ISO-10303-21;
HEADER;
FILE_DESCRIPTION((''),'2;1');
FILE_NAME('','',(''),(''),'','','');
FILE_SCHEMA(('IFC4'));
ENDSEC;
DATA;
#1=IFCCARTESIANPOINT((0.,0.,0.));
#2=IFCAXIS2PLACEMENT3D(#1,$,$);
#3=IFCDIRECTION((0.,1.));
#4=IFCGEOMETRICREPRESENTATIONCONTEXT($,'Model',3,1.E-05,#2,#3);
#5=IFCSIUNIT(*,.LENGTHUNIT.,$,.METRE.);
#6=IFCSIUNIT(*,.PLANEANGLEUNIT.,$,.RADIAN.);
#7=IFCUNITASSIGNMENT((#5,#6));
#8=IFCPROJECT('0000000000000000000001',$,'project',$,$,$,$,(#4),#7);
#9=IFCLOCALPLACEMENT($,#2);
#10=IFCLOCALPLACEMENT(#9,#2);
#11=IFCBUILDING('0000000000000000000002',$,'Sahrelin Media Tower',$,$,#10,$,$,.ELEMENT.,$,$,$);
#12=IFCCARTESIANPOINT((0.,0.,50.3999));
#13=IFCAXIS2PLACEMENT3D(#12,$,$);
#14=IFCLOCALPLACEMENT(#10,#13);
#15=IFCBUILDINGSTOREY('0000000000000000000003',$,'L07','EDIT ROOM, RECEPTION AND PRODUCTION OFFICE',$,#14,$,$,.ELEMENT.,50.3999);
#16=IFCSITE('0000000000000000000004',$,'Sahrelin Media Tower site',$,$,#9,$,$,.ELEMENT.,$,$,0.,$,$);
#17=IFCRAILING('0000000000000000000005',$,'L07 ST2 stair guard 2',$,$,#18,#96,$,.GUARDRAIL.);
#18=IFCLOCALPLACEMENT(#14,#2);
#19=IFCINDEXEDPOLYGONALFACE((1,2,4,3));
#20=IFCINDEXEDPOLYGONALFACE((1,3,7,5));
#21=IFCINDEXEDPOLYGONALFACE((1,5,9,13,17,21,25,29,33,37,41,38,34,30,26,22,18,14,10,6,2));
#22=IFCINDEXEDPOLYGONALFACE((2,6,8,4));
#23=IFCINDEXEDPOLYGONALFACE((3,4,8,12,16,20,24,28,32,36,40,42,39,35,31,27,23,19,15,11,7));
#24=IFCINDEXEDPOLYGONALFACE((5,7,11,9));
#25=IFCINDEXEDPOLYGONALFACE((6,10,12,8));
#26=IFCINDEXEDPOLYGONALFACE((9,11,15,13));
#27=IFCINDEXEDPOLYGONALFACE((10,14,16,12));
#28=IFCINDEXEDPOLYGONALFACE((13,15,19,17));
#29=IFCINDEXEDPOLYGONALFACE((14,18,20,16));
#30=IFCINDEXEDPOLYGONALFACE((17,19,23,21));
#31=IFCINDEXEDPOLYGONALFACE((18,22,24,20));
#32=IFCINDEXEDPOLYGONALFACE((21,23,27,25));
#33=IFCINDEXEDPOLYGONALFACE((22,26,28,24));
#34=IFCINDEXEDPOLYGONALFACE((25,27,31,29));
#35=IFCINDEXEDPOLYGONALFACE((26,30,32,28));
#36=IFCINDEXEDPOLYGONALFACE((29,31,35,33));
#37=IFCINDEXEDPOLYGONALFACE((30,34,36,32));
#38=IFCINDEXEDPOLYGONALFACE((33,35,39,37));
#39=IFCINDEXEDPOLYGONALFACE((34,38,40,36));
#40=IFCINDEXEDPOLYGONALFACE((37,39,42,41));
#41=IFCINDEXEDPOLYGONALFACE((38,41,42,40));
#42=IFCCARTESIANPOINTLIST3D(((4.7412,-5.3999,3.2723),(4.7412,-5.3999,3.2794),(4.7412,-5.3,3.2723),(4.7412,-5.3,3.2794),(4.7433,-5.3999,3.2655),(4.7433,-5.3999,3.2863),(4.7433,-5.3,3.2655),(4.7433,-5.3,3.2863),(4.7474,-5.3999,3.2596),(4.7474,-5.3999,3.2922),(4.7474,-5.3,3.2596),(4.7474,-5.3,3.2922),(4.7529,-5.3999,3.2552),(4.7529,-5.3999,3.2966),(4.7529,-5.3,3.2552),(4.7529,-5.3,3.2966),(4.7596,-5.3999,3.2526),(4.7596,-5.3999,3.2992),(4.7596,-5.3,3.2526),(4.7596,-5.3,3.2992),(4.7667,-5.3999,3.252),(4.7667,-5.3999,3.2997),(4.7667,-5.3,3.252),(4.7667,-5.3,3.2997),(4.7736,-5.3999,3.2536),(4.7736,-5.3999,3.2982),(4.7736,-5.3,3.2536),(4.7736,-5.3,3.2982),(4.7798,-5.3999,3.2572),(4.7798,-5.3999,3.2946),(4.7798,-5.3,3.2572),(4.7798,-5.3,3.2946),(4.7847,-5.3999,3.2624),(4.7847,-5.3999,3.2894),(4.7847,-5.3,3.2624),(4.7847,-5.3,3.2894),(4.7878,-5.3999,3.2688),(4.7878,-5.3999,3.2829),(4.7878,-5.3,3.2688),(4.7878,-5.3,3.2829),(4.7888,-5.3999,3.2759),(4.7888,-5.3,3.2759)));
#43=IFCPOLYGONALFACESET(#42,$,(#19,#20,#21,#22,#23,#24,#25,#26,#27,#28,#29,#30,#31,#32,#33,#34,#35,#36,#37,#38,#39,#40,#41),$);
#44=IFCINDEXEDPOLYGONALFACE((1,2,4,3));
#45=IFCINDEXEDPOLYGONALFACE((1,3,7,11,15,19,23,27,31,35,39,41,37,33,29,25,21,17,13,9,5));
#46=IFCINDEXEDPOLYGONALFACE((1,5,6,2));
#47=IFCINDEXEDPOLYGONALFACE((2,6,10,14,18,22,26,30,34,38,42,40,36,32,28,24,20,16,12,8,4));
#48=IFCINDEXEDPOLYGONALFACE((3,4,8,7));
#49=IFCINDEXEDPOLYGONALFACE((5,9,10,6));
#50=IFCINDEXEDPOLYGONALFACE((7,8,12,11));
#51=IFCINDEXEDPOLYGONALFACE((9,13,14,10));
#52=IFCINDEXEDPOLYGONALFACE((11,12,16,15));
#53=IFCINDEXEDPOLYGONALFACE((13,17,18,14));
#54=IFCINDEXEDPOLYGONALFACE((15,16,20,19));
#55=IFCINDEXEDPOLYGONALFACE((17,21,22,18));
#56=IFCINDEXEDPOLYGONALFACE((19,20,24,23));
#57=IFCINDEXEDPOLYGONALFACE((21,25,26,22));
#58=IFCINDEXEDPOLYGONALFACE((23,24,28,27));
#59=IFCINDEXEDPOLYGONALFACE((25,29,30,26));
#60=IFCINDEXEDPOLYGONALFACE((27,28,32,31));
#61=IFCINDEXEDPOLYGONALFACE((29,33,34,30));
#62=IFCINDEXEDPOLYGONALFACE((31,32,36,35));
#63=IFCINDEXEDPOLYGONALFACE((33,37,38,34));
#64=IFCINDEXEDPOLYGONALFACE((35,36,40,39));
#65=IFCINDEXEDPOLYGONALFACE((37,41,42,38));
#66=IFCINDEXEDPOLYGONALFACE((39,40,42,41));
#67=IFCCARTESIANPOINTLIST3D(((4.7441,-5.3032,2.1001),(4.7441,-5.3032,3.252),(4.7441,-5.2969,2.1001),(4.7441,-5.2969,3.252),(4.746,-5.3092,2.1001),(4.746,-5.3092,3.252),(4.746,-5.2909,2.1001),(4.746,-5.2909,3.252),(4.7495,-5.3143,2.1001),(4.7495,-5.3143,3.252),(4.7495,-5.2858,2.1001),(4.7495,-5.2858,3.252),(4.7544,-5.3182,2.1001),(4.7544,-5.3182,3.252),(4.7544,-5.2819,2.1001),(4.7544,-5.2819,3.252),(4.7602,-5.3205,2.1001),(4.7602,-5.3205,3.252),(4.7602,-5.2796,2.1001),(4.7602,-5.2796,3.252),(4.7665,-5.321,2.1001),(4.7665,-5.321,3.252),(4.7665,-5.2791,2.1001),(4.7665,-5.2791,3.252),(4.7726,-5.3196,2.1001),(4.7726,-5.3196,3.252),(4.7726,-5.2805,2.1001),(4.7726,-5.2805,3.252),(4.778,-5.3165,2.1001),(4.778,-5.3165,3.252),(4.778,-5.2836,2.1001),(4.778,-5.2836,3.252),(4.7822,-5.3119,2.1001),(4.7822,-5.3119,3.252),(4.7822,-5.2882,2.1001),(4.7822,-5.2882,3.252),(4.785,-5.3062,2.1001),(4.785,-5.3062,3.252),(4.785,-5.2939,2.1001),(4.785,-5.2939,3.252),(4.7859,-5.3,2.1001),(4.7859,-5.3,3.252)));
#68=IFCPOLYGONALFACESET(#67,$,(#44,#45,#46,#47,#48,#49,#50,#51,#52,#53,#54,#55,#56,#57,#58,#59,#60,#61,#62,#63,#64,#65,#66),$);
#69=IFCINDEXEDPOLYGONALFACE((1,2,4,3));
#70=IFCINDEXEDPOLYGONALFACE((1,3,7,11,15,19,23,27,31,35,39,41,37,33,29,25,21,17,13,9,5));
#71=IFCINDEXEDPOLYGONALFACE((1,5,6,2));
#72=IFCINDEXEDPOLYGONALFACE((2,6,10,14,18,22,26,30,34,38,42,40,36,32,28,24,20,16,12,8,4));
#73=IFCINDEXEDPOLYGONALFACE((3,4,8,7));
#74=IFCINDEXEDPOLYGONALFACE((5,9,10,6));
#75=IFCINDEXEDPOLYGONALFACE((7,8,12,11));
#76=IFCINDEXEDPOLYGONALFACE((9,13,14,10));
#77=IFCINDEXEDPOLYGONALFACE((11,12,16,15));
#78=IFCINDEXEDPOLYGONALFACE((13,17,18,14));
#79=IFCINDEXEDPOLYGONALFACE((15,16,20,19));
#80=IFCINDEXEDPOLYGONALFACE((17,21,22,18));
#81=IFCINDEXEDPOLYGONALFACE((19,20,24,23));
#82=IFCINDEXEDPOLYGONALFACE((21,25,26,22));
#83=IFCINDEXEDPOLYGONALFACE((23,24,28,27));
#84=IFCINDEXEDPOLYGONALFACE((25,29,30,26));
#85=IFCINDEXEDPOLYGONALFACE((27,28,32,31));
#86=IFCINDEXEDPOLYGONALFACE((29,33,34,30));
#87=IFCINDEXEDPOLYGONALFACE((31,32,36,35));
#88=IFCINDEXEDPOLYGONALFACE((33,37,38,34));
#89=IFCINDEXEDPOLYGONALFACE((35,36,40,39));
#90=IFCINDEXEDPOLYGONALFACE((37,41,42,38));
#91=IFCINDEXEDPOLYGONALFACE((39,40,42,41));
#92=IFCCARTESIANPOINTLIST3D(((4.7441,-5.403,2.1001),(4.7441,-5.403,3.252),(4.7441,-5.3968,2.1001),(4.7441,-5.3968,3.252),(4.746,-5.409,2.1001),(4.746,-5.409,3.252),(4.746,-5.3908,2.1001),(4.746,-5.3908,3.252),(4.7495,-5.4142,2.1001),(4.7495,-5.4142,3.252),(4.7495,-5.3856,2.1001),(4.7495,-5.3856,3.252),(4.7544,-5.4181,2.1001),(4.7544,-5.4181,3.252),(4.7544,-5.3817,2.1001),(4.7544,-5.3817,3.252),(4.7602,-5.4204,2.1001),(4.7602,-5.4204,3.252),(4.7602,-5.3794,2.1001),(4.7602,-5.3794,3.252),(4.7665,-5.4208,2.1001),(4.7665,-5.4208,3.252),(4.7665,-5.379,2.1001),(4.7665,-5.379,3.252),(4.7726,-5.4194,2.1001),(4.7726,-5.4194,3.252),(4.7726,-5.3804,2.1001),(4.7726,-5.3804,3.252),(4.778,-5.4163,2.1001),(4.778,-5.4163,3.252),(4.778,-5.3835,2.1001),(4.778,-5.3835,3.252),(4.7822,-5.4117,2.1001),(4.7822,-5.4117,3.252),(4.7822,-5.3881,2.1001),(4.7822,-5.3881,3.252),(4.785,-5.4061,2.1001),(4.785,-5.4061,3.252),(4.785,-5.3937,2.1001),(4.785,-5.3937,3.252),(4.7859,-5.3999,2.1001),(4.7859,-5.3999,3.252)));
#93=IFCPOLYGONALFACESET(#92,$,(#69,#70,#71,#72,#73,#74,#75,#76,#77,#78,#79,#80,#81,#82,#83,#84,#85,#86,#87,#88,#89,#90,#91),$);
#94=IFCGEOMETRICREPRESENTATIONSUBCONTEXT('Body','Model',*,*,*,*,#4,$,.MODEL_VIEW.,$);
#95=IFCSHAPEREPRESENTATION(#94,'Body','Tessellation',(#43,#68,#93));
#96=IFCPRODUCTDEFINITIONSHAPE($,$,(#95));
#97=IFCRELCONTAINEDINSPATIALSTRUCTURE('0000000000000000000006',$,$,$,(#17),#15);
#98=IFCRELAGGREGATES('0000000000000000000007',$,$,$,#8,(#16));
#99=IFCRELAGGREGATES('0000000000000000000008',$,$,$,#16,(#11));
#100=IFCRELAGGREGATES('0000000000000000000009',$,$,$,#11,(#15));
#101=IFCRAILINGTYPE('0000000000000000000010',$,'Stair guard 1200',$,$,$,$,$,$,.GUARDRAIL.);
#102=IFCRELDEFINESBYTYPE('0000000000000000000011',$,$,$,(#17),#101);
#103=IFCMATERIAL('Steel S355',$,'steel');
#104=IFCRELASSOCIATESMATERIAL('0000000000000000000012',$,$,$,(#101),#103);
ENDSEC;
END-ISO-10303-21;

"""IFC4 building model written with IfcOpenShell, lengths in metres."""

from ifc_helpers import new_model, si_unit, direction, frame, origin, origin_2d, place, context, subcontext, project, spatial, circle, extrude, material, type_object, element, save


model = new_model("IFC4")

# Units and contexts
model_context = context("Model", 3, precision=1e-05, world=origin(), true_north=direction((0.0, 1.0)))
body_context = subcontext(model_context, "Body", "Model", "MODEL_VIEW")
ifc_project = project(units=[si_unit("LENGTHUNIT", "METRE"), si_unit("PLANEANGLEUNIT", "RADIAN")], contexts=[model_context])

# Site, building, storey
site_placement = place(None, origin())
site = spatial("IfcSite", under=ifc_project, at=site_placement, Name="Sahrelin Media Tower site", CompositionType="ELEMENT", RefElevation=0.0)
building_placement = place(site_placement, origin())
building = spatial("IfcBuilding", under=site, at=building_placement, Name="Sahrelin Media Tower", CompositionType="ELEMENT")
storey_placement = place(building_placement, frame((0.0, 0.0, 50.3999)))
storey = spatial("IfcBuildingStorey", under=building, at=storey_placement, Name="L07", Description="EDIT ROOM, RECEPTION AND PRODUCTION OFFICE", CompositionType="ELEMENT", Elevation=50.3999)

# Shared definitions
ifc_material_1 = material(Name="Steel S355", Category="steel")

# Railing
railing_type_1 = type_object("IfcRailingType", Name="Stair guard 1200", PredefinedType="GUARDRAIL", material=ifc_material_1)
railing_1_placement = place(storey_placement, frame((4.7649, -5.3, 2.1001)))
element("IfcRailing", 1, at=railing_1_placement, inside=storey, type_object=railing_type_1, Name="L07 ST2 stair guard 2", PredefinedType="GUARDRAIL", context=body_context, shape_type="SweptSolid", body=[
    extrude(circle(Radius=0.0239, at=origin_2d()), frame((0.0, 0.0, 1.1758), z_axis=(0.0, -1.0, 0.0), x_axis=(1.0, 0.0, 0.0)), (0.0, 0.0, 1.0), 0.0999),
    extrude(circle(Radius=0.021, at=origin_2d()), origin(), (0.0, 0.0, 1.0), 1.1519),
    extrude(circle(Radius=0.021, at=origin_2d()), frame((0.0, -0.0999, 0.0)), (0.0, 0.0, 1.0), 1.1519),
])

save(model, "model.ifc")
